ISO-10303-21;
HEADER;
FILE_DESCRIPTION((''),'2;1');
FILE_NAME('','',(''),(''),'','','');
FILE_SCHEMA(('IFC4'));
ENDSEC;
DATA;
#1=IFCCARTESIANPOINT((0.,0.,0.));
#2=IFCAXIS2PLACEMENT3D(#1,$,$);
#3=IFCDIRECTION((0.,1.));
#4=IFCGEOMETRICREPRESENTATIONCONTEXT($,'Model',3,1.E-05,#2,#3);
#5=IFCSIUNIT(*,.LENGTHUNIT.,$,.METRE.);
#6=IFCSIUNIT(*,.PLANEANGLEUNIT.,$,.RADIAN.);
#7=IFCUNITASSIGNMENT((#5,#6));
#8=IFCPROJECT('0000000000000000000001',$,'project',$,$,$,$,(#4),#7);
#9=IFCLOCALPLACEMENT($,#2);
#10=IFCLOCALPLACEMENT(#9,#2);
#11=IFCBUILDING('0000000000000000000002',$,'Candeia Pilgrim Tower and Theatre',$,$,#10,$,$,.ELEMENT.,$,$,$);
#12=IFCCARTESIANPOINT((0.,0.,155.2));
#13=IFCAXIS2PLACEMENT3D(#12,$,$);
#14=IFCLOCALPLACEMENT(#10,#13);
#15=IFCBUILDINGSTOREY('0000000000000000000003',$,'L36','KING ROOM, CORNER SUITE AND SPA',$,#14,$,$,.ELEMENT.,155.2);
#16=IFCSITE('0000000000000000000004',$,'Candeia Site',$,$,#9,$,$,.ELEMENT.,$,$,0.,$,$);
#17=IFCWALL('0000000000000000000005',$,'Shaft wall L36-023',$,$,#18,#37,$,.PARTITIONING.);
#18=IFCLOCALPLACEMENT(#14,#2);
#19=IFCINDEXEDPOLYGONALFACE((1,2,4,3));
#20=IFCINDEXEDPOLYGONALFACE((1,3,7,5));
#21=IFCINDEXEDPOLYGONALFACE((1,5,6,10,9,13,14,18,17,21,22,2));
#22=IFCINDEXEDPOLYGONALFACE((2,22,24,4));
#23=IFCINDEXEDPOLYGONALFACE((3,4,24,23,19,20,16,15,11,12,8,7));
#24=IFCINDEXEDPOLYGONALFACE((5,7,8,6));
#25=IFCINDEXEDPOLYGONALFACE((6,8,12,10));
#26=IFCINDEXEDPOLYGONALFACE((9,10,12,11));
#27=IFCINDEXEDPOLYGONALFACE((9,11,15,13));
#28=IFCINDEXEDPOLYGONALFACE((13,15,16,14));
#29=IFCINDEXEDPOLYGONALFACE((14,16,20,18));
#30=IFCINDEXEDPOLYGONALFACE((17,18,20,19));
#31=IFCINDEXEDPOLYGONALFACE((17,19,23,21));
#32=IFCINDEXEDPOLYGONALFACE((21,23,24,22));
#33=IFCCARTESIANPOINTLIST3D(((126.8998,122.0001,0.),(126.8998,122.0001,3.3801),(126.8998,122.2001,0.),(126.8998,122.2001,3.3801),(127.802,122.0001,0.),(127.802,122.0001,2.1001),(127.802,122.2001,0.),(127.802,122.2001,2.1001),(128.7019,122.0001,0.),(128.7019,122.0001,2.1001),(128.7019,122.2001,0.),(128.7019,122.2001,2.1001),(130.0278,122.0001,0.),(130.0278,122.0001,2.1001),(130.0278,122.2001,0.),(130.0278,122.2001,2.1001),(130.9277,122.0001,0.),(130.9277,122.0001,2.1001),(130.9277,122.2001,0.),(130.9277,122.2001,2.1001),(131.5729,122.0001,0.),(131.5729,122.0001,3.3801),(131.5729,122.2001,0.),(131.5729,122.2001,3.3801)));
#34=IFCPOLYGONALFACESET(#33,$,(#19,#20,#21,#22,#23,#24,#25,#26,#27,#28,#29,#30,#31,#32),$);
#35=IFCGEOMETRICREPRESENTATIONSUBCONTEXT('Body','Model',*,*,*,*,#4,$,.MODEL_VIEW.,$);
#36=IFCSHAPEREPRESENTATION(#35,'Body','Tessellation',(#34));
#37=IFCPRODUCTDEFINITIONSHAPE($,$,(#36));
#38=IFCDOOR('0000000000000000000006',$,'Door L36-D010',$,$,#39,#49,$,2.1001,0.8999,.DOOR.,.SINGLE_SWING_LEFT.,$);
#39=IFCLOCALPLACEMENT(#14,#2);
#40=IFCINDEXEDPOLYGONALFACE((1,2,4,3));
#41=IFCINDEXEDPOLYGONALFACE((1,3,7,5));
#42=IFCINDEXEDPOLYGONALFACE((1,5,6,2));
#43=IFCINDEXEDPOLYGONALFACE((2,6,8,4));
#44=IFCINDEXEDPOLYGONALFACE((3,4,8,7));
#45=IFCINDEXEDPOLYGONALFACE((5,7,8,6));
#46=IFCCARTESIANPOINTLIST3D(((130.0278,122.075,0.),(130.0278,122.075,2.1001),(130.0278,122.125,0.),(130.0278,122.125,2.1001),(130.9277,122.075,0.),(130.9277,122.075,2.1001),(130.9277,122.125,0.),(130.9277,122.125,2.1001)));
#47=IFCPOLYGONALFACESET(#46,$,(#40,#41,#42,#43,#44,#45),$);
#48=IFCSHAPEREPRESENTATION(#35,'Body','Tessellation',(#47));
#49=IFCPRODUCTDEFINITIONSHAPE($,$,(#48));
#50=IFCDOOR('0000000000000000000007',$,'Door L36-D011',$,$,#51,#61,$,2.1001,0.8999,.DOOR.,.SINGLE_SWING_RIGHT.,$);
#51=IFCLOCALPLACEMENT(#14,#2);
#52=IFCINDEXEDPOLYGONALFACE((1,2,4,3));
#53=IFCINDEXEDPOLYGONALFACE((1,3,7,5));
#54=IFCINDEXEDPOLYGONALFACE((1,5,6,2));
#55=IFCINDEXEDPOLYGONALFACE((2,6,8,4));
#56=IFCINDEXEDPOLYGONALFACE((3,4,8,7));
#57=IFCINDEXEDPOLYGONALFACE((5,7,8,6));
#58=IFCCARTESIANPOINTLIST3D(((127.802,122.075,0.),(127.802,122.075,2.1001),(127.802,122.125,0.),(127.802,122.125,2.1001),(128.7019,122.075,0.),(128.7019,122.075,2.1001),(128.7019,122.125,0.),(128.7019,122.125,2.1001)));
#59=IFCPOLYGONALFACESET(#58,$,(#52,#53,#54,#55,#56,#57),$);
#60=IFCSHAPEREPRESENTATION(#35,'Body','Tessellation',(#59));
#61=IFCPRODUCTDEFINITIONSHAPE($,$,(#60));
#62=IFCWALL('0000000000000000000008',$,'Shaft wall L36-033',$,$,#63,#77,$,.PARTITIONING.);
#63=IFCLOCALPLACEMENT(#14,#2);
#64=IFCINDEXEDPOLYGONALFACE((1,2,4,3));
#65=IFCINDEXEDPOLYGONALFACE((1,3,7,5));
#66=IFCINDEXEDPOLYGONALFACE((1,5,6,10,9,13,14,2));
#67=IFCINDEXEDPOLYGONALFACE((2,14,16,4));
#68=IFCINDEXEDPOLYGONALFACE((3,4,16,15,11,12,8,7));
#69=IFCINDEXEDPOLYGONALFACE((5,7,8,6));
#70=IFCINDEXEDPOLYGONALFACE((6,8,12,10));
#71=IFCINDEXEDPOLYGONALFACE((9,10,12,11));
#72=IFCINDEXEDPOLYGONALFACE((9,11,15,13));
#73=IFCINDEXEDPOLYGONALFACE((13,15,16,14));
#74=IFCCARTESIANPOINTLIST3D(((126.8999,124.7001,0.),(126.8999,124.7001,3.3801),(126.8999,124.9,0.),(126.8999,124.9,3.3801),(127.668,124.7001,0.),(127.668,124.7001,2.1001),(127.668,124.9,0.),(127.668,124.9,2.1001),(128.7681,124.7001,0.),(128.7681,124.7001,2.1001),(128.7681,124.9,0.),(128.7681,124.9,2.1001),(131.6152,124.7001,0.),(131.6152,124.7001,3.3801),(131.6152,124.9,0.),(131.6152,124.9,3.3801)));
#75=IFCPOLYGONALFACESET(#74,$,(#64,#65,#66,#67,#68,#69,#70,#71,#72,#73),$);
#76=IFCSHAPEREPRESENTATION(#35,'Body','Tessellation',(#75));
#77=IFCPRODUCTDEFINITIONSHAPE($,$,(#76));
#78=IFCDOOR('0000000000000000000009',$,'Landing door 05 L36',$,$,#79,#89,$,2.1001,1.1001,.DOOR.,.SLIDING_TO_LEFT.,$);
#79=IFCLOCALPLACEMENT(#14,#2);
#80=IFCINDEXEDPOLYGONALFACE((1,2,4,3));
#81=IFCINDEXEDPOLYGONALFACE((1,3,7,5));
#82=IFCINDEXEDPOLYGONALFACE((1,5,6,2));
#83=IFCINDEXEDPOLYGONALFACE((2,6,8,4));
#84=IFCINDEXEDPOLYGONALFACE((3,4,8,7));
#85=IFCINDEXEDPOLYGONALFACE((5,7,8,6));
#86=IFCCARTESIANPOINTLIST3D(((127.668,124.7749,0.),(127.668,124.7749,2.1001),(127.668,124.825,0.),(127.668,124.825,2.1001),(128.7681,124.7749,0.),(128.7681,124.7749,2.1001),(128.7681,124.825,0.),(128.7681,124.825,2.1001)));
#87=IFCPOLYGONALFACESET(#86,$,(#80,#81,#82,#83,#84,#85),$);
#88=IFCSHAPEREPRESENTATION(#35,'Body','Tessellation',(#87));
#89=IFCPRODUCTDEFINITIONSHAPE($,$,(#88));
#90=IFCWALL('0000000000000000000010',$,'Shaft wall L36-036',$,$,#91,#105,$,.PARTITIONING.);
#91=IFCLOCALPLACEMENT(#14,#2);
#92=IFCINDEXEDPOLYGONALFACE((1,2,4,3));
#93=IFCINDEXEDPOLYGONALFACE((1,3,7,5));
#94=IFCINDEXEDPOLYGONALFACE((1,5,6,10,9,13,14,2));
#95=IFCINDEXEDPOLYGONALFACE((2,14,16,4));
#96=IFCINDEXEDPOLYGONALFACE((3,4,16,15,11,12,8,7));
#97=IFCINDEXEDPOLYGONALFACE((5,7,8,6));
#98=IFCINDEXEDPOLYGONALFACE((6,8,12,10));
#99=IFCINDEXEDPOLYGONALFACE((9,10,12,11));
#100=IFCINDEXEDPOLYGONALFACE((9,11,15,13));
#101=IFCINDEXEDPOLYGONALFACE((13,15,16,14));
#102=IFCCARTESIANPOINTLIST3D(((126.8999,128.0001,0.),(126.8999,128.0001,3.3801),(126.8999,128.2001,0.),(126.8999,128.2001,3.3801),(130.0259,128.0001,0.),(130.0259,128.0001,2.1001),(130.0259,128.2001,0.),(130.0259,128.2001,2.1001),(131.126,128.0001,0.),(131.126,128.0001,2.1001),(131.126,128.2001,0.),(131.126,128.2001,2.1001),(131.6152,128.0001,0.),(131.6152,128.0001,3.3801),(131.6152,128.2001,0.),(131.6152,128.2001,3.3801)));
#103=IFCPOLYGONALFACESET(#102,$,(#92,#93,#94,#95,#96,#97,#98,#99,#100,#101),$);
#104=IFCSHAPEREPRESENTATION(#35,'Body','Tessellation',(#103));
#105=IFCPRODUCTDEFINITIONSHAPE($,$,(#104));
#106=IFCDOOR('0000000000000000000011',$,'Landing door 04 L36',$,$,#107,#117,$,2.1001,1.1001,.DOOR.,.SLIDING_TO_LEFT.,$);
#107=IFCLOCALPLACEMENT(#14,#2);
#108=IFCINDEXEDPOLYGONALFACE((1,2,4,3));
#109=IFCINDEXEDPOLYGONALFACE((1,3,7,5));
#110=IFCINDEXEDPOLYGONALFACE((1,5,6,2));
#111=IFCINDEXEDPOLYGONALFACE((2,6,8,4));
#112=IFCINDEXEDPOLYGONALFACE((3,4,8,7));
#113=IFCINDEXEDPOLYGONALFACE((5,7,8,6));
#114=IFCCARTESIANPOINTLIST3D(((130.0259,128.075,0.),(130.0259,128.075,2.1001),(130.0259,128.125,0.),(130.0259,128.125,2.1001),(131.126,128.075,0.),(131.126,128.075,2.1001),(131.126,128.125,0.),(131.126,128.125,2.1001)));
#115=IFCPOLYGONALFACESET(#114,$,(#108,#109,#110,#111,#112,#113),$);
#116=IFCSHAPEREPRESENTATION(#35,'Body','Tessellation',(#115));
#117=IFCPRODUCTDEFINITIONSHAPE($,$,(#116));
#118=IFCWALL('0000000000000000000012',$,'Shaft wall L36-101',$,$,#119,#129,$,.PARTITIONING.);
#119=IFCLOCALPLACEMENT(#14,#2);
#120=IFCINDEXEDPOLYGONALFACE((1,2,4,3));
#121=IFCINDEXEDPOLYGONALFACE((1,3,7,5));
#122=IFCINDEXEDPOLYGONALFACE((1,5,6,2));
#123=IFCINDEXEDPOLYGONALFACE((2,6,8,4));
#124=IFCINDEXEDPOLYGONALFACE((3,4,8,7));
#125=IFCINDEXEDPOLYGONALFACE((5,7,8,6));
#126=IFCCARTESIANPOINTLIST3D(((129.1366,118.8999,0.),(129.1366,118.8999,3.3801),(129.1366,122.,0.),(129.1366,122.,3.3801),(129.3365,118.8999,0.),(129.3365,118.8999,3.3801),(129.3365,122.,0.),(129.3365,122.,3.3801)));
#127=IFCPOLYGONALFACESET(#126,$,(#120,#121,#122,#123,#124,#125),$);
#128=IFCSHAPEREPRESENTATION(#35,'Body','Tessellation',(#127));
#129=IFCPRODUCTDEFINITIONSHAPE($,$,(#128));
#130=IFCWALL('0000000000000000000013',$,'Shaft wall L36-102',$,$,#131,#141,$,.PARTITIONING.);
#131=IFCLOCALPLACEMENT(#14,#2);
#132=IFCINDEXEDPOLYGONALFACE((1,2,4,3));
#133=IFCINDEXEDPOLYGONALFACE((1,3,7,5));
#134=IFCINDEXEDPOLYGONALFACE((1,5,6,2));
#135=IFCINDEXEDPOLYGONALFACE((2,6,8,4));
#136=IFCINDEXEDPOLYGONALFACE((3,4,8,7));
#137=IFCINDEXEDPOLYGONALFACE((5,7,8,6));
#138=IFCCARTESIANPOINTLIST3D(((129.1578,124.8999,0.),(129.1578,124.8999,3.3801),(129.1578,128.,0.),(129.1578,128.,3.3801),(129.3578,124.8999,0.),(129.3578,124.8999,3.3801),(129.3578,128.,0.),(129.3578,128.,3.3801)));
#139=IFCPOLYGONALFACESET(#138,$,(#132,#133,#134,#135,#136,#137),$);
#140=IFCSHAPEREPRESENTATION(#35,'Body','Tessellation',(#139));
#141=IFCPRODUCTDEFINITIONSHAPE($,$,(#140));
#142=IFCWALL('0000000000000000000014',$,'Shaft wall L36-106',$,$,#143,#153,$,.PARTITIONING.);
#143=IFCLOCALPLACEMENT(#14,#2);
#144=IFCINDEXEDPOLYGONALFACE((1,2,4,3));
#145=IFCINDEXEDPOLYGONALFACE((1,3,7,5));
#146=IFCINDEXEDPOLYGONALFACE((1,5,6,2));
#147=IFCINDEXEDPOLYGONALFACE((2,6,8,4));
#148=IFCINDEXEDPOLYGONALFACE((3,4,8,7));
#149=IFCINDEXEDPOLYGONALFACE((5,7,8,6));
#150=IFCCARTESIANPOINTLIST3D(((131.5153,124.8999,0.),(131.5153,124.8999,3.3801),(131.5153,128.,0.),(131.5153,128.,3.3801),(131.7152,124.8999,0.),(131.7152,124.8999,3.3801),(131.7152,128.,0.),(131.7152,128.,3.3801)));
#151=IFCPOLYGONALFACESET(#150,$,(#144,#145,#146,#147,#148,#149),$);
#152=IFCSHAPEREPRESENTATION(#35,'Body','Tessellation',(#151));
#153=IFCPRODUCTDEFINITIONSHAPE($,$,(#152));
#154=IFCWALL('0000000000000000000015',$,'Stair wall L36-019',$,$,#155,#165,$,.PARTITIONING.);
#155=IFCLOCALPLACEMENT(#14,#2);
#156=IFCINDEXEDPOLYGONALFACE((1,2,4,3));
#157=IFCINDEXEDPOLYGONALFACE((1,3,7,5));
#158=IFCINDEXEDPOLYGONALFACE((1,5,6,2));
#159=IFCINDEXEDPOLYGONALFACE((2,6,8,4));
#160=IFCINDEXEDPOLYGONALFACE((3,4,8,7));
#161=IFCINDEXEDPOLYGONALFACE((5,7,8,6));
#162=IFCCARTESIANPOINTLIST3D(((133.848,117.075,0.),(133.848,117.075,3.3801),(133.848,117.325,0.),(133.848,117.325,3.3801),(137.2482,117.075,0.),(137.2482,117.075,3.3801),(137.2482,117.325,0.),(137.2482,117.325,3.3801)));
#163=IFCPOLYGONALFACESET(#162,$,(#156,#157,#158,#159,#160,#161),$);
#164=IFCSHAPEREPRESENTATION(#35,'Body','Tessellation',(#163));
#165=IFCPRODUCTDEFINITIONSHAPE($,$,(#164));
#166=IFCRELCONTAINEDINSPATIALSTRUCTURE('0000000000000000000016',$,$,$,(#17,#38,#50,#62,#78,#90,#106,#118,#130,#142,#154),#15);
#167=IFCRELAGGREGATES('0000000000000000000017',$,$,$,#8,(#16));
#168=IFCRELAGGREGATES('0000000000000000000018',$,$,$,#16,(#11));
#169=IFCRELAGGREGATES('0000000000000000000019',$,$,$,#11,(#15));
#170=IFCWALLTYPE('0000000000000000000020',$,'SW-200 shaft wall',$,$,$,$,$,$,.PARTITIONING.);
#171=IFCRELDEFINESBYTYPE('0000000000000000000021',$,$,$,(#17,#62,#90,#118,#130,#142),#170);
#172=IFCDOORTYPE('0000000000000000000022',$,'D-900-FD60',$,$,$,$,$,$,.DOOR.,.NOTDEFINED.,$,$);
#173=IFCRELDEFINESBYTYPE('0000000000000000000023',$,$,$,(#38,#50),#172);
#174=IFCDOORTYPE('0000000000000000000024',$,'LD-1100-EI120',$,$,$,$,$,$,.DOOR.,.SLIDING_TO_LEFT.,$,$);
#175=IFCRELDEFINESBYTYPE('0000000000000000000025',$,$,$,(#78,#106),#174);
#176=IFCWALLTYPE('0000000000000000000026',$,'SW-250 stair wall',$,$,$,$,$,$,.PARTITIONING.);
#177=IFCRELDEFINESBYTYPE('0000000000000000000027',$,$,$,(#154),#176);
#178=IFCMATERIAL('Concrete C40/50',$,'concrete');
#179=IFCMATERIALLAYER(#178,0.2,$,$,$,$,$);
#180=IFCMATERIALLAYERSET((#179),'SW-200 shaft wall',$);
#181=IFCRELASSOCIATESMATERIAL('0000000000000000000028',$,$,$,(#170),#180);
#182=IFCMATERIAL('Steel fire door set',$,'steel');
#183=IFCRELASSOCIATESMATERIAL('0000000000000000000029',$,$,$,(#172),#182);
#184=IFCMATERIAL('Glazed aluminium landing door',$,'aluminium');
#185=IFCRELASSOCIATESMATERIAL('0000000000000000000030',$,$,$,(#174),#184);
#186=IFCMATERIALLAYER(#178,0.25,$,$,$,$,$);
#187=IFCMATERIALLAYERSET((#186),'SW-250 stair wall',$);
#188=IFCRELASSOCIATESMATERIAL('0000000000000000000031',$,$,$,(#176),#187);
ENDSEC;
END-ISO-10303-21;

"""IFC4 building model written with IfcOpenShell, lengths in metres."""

from ifc_helpers import new_model, si_unit, direction, frame, frame_2d, origin, place, context, subcontext, project, spatial, rectangle, extrude, material, layer, layer_set, type_object, element, fill, save


model = new_model("IFC4")

# Units and contexts
model_context = context("Model", 3, precision=1e-05, world=origin(), true_north=direction((0.0, 1.0)))
body_context = subcontext(model_context, "Body", "Model", "MODEL_VIEW")
ifc_project = project(units=[si_unit("LENGTHUNIT", "METRE"), si_unit("PLANEANGLEUNIT", "RADIAN")], contexts=[model_context])

# Site, building, storey
site_placement = place(None, origin())
site = spatial("IfcSite", under=ifc_project, at=site_placement, Name="Candeia Site", CompositionType="ELEMENT", RefElevation=0.0)
building_placement = place(site_placement, origin())
building = spatial("IfcBuilding", under=site, at=building_placement, Name="Candeia Pilgrim Tower and Theatre", CompositionType="ELEMENT")
storey_placement = place(building_placement, frame((0.0, 0.0, 155.2)))
storey = spatial("IfcBuildingStorey", under=building, at=storey_placement, Name="L36", Description="KING ROOM, CORNER SUITE AND SPA", CompositionType="ELEMENT", Elevation=155.2)

# Shared definitions
ifc_material_1 = material(Name="Steel fire door set", Category="steel")

# Shared definitions
ifc_material_2 = material(Name="Concrete C40/50", Category="concrete")
ifc_layer_1 = layer(ifc_material_2, 0.2)
ifc_layer_set_1 = layer_set([ifc_layer_1], Name="SW-200 shaft wall")
wall_type_1 = type_object("IfcWallType", Name="SW-200 shaft wall", PredefinedType="PARTITIONING", material=ifc_layer_set_1)

# Wall, openings, doors
wall_1_placement = place(storey_placement, frame((126.8999, 122.1001, 0.0), z_axis=(0.0, 0.0, 1.0), x_axis=(1.0, 0.0, 0.0)))
wall_1 = element("IfcWall", 1, at=wall_1_placement, inside=storey, type_object=wall_type_1, Name="Shaft wall L36-023", PredefinedType="PARTITIONING", context=body_context, shape_type="SweptSolid", body=[
    extrude(rectangle(XDim=4.6731, YDim=0.2, at=frame_2d((2.3364, 0.0))), origin(), (0.0, 0.0, 1.0), 3.3801),
])
opening_1_placement = place(wall_1_placement, frame((3.1279, 0.0, 0.0)))
opening_1 = element("IfcOpeningElement", 2, at=opening_1_placement, cuts=wall_1, PredefinedType="OPENING", context=body_context, shape_type="SweptSolid", body=[
    extrude(rectangle(XDim=0.8999, YDim=2.1001, at=frame_2d((0.45, 1.05))), frame((0.0, 0.1099, 0.0), z_axis=(0.0, -1.0, 0.0), x_axis=(1.0, 0.0, 0.0)), (0.0, 0.0, 1.0), 0.22),
])
opening_2_placement = place(wall_1_placement, frame((0.9021, 0.0, 0.0)))
opening_2 = element("IfcOpeningElement", 3, at=opening_2_placement, cuts=wall_1, PredefinedType="OPENING", context=body_context, shape_type="SweptSolid", body=[
    extrude(rectangle(XDim=0.8999, YDim=2.1001, at=frame_2d((0.45, 1.05))), frame((0.0, 0.1099, 0.0), z_axis=(0.0, -1.0, 0.0), x_axis=(1.0, 0.0, 0.0)), (0.0, 0.0, 1.0), 0.22),
])
door_type_1 = type_object("IfcDoorType", Name="D-900-FD60", OperationType="NOTDEFINED", PredefinedType="DOOR", material=ifc_material_1)
door_1_placement = place(opening_1_placement, origin())
door_1 = element("IfcDoor", 4, at=door_1_placement, inside=storey, type_object=door_type_1, Name="Door L36-D010", OperationType="SINGLE_SWING_LEFT", OverallHeight=2.1001, OverallWidth=0.8999, PredefinedType="DOOR", context=body_context, shape_type="SweptSolid", body=[
    extrude(rectangle(XDim=0.8999, YDim=2.1001, at=frame_2d((0.45, 1.05))), frame((0.0, 0.0249, 0.0), z_axis=(0.0, -1.0, 0.0), x_axis=(1.0, 0.0, 0.0)), (0.0, 0.0, 1.0), 0.05),
])
fill(opening_1, door_1)
door_2_placement = place(opening_2_placement, origin())
door_2 = element("IfcDoor", 5, at=door_2_placement, inside=storey, type_object=door_type_1, Name="Door L36-D011", OperationType="SINGLE_SWING_RIGHT", OverallHeight=2.1001, OverallWidth=0.8999, PredefinedType="DOOR", context=body_context, shape_type="SweptSolid", body=[
    extrude(rectangle(XDim=0.8999, YDim=2.1001, at=frame_2d((0.45, 1.05))), frame((0.0, 0.0249, 0.0), z_axis=(0.0, -1.0, 0.0), x_axis=(1.0, 0.0, 0.0)), (0.0, 0.0, 1.0), 0.05),
])
fill(opening_2, door_2)

# Walls, openings, doors
wall_2_placement = place(storey_placement, frame((126.8999, 124.8, 0.0), z_axis=(0.0, 0.0, 1.0), x_axis=(1.0, 0.0, 0.0)))
wall_2 = element("IfcWall", 6, at=wall_2_placement, inside=storey, type_object=wall_type_1, Name="Shaft wall L36-033", PredefinedType="PARTITIONING", context=body_context, shape_type="SweptSolid", body=[
    extrude(rectangle(XDim=4.7153, YDim=0.2, at=frame_2d((2.3577, 0.0))), origin(), (0.0, 0.0, 1.0), 3.3801),
])
opening_3_placement = place(wall_2_placement, frame((0.7681, 0.0, 0.0)))
opening_3 = element("IfcOpeningElement", 7, at=opening_3_placement, cuts=wall_2, PredefinedType="OPENING", context=body_context, shape_type="SweptSolid", body=[
    extrude(rectangle(XDim=1.1001, YDim=2.1001, at=frame_2d((0.55, 1.05))), frame((0.0, 0.1099, 0.0), z_axis=(0.0, -1.0, 0.0), x_axis=(1.0, 0.0, 0.0)), (0.0, 0.0, 1.0), 0.22),
])
ifc_material_3 = material(Name="Glazed aluminium landing door", Category="aluminium")
door_type_2 = type_object("IfcDoorType", Name="LD-1100-EI120", OperationType="SLIDING_TO_LEFT", PredefinedType="DOOR", material=ifc_material_3)
door_3_placement = place(opening_3_placement, origin())
door_3 = element("IfcDoor", 8, at=door_3_placement, inside=storey, type_object=door_type_2, Name="Landing door 05 L36", OperationType="SLIDING_TO_LEFT", OverallHeight=2.1001, OverallWidth=1.1001, PredefinedType="DOOR", context=body_context, shape_type="SweptSolid", body=[
    extrude(rectangle(XDim=1.1001, YDim=2.1001, at=frame_2d((0.55, 1.05))), frame((0.0, 0.0249, 0.0), z_axis=(0.0, -1.0, 0.0), x_axis=(1.0, 0.0, 0.0)), (0.0, 0.0, 1.0), 0.05),
])
fill(opening_3, door_3)
wall_3_placement = place(storey_placement, frame((126.8999, 128.1001, 0.0), z_axis=(0.0, 0.0, 1.0), x_axis=(1.0, 0.0, 0.0)))
wall_3 = element("IfcWall", 9, at=wall_3_placement, inside=storey, type_object=wall_type_1, Name="Shaft wall L36-036", PredefinedType="PARTITIONING", context=body_context, shape_type="SweptSolid", body=[
    extrude(rectangle(XDim=4.7153, YDim=0.2, at=frame_2d((2.3577, 0.0))), origin(), (0.0, 0.0, 1.0), 3.3801),
])
opening_4_placement = place(wall_3_placement, frame((3.126, 0.0, 0.0)))
opening_4 = element("IfcOpeningElement", 10, at=opening_4_placement, cuts=wall_3, PredefinedType="OPENING", context=body_context, shape_type="SweptSolid", body=[
    extrude(rectangle(XDim=1.1001, YDim=2.1001, at=frame_2d((0.55, 1.05))), frame((0.0, 0.1099, 0.0), z_axis=(0.0, -1.0, 0.0), x_axis=(1.0, 0.0, 0.0)), (0.0, 0.0, 1.0), 0.22),
])
door_4_placement = place(opening_4_placement, origin())
door_4 = element("IfcDoor", 11, at=door_4_placement, inside=storey, type_object=door_type_2, Name="Landing door 04 L36", OperationType="SLIDING_TO_LEFT", OverallHeight=2.1001, OverallWidth=1.1001, PredefinedType="DOOR", context=body_context, shape_type="SweptSolid", body=[
    extrude(rectangle(XDim=1.1001, YDim=2.1001, at=frame_2d((0.55, 1.05))), frame((0.0, 0.0249, 0.0), z_axis=(0.0, -1.0, 0.0), x_axis=(1.0, 0.0, 0.0)), (0.0, 0.0, 1.0), 0.05),
])
fill(opening_4, door_4)

# Walls
for number, where, z_axis, x_axis, name in (
    (12, (129.2366, 118.8999, 0.0), (0.0, 0.0, 1.0), (0.0, 1.0, 0.0), "Shaft wall L36-101"),
    (13, (129.2578, 124.8999, 0.0), (0.0, 0.0, 1.0), (0.0, 1.0, 0.0), "Shaft wall L36-102"),
    (14, (131.6152, 124.8999, 0.0), (0.0, 0.0, 1.0), (0.0, 1.0, 0.0), "Shaft wall L36-106"),
):
    element("IfcWall", number, at=place(storey_placement, frame(where, z_axis=z_axis, x_axis=x_axis)), inside=storey, type_object=wall_type_1, Name=name, PredefinedType="PARTITIONING", context=body_context, shape_type="SweptSolid", body=[
        extrude(rectangle(XDim=3.1001, YDim=0.2, at=frame_2d((1.55, 0.0))), origin(), (0.0, 0.0, 1.0), 3.3801),
    ])
ifc_layer_2 = layer(ifc_material_2, 0.25)
ifc_layer_set_2 = layer_set([ifc_layer_2], Name="SW-250 stair wall")
wall_type_2 = type_object("IfcWallType", Name="SW-250 stair wall", PredefinedType="PARTITIONING", material=ifc_layer_set_2)
wall_4_placement = place(storey_placement, frame((133.8479, 117.2, 0.0), z_axis=(0.0, 0.0, 1.0), x_axis=(1.0, 0.0, 0.0)))
element("IfcWall", 15, at=wall_4_placement, inside=storey, type_object=wall_type_2, Name="Stair wall L36-019", PredefinedType="PARTITIONING", context=body_context, shape_type="SweptSolid", body=[
    extrude(rectangle(XDim=3.4001, YDim=0.25, at=frame_2d((1.7002, 0.0))), origin(), (0.0, 0.0, 1.0), 3.3801),
])

save(model, "model.ifc")
